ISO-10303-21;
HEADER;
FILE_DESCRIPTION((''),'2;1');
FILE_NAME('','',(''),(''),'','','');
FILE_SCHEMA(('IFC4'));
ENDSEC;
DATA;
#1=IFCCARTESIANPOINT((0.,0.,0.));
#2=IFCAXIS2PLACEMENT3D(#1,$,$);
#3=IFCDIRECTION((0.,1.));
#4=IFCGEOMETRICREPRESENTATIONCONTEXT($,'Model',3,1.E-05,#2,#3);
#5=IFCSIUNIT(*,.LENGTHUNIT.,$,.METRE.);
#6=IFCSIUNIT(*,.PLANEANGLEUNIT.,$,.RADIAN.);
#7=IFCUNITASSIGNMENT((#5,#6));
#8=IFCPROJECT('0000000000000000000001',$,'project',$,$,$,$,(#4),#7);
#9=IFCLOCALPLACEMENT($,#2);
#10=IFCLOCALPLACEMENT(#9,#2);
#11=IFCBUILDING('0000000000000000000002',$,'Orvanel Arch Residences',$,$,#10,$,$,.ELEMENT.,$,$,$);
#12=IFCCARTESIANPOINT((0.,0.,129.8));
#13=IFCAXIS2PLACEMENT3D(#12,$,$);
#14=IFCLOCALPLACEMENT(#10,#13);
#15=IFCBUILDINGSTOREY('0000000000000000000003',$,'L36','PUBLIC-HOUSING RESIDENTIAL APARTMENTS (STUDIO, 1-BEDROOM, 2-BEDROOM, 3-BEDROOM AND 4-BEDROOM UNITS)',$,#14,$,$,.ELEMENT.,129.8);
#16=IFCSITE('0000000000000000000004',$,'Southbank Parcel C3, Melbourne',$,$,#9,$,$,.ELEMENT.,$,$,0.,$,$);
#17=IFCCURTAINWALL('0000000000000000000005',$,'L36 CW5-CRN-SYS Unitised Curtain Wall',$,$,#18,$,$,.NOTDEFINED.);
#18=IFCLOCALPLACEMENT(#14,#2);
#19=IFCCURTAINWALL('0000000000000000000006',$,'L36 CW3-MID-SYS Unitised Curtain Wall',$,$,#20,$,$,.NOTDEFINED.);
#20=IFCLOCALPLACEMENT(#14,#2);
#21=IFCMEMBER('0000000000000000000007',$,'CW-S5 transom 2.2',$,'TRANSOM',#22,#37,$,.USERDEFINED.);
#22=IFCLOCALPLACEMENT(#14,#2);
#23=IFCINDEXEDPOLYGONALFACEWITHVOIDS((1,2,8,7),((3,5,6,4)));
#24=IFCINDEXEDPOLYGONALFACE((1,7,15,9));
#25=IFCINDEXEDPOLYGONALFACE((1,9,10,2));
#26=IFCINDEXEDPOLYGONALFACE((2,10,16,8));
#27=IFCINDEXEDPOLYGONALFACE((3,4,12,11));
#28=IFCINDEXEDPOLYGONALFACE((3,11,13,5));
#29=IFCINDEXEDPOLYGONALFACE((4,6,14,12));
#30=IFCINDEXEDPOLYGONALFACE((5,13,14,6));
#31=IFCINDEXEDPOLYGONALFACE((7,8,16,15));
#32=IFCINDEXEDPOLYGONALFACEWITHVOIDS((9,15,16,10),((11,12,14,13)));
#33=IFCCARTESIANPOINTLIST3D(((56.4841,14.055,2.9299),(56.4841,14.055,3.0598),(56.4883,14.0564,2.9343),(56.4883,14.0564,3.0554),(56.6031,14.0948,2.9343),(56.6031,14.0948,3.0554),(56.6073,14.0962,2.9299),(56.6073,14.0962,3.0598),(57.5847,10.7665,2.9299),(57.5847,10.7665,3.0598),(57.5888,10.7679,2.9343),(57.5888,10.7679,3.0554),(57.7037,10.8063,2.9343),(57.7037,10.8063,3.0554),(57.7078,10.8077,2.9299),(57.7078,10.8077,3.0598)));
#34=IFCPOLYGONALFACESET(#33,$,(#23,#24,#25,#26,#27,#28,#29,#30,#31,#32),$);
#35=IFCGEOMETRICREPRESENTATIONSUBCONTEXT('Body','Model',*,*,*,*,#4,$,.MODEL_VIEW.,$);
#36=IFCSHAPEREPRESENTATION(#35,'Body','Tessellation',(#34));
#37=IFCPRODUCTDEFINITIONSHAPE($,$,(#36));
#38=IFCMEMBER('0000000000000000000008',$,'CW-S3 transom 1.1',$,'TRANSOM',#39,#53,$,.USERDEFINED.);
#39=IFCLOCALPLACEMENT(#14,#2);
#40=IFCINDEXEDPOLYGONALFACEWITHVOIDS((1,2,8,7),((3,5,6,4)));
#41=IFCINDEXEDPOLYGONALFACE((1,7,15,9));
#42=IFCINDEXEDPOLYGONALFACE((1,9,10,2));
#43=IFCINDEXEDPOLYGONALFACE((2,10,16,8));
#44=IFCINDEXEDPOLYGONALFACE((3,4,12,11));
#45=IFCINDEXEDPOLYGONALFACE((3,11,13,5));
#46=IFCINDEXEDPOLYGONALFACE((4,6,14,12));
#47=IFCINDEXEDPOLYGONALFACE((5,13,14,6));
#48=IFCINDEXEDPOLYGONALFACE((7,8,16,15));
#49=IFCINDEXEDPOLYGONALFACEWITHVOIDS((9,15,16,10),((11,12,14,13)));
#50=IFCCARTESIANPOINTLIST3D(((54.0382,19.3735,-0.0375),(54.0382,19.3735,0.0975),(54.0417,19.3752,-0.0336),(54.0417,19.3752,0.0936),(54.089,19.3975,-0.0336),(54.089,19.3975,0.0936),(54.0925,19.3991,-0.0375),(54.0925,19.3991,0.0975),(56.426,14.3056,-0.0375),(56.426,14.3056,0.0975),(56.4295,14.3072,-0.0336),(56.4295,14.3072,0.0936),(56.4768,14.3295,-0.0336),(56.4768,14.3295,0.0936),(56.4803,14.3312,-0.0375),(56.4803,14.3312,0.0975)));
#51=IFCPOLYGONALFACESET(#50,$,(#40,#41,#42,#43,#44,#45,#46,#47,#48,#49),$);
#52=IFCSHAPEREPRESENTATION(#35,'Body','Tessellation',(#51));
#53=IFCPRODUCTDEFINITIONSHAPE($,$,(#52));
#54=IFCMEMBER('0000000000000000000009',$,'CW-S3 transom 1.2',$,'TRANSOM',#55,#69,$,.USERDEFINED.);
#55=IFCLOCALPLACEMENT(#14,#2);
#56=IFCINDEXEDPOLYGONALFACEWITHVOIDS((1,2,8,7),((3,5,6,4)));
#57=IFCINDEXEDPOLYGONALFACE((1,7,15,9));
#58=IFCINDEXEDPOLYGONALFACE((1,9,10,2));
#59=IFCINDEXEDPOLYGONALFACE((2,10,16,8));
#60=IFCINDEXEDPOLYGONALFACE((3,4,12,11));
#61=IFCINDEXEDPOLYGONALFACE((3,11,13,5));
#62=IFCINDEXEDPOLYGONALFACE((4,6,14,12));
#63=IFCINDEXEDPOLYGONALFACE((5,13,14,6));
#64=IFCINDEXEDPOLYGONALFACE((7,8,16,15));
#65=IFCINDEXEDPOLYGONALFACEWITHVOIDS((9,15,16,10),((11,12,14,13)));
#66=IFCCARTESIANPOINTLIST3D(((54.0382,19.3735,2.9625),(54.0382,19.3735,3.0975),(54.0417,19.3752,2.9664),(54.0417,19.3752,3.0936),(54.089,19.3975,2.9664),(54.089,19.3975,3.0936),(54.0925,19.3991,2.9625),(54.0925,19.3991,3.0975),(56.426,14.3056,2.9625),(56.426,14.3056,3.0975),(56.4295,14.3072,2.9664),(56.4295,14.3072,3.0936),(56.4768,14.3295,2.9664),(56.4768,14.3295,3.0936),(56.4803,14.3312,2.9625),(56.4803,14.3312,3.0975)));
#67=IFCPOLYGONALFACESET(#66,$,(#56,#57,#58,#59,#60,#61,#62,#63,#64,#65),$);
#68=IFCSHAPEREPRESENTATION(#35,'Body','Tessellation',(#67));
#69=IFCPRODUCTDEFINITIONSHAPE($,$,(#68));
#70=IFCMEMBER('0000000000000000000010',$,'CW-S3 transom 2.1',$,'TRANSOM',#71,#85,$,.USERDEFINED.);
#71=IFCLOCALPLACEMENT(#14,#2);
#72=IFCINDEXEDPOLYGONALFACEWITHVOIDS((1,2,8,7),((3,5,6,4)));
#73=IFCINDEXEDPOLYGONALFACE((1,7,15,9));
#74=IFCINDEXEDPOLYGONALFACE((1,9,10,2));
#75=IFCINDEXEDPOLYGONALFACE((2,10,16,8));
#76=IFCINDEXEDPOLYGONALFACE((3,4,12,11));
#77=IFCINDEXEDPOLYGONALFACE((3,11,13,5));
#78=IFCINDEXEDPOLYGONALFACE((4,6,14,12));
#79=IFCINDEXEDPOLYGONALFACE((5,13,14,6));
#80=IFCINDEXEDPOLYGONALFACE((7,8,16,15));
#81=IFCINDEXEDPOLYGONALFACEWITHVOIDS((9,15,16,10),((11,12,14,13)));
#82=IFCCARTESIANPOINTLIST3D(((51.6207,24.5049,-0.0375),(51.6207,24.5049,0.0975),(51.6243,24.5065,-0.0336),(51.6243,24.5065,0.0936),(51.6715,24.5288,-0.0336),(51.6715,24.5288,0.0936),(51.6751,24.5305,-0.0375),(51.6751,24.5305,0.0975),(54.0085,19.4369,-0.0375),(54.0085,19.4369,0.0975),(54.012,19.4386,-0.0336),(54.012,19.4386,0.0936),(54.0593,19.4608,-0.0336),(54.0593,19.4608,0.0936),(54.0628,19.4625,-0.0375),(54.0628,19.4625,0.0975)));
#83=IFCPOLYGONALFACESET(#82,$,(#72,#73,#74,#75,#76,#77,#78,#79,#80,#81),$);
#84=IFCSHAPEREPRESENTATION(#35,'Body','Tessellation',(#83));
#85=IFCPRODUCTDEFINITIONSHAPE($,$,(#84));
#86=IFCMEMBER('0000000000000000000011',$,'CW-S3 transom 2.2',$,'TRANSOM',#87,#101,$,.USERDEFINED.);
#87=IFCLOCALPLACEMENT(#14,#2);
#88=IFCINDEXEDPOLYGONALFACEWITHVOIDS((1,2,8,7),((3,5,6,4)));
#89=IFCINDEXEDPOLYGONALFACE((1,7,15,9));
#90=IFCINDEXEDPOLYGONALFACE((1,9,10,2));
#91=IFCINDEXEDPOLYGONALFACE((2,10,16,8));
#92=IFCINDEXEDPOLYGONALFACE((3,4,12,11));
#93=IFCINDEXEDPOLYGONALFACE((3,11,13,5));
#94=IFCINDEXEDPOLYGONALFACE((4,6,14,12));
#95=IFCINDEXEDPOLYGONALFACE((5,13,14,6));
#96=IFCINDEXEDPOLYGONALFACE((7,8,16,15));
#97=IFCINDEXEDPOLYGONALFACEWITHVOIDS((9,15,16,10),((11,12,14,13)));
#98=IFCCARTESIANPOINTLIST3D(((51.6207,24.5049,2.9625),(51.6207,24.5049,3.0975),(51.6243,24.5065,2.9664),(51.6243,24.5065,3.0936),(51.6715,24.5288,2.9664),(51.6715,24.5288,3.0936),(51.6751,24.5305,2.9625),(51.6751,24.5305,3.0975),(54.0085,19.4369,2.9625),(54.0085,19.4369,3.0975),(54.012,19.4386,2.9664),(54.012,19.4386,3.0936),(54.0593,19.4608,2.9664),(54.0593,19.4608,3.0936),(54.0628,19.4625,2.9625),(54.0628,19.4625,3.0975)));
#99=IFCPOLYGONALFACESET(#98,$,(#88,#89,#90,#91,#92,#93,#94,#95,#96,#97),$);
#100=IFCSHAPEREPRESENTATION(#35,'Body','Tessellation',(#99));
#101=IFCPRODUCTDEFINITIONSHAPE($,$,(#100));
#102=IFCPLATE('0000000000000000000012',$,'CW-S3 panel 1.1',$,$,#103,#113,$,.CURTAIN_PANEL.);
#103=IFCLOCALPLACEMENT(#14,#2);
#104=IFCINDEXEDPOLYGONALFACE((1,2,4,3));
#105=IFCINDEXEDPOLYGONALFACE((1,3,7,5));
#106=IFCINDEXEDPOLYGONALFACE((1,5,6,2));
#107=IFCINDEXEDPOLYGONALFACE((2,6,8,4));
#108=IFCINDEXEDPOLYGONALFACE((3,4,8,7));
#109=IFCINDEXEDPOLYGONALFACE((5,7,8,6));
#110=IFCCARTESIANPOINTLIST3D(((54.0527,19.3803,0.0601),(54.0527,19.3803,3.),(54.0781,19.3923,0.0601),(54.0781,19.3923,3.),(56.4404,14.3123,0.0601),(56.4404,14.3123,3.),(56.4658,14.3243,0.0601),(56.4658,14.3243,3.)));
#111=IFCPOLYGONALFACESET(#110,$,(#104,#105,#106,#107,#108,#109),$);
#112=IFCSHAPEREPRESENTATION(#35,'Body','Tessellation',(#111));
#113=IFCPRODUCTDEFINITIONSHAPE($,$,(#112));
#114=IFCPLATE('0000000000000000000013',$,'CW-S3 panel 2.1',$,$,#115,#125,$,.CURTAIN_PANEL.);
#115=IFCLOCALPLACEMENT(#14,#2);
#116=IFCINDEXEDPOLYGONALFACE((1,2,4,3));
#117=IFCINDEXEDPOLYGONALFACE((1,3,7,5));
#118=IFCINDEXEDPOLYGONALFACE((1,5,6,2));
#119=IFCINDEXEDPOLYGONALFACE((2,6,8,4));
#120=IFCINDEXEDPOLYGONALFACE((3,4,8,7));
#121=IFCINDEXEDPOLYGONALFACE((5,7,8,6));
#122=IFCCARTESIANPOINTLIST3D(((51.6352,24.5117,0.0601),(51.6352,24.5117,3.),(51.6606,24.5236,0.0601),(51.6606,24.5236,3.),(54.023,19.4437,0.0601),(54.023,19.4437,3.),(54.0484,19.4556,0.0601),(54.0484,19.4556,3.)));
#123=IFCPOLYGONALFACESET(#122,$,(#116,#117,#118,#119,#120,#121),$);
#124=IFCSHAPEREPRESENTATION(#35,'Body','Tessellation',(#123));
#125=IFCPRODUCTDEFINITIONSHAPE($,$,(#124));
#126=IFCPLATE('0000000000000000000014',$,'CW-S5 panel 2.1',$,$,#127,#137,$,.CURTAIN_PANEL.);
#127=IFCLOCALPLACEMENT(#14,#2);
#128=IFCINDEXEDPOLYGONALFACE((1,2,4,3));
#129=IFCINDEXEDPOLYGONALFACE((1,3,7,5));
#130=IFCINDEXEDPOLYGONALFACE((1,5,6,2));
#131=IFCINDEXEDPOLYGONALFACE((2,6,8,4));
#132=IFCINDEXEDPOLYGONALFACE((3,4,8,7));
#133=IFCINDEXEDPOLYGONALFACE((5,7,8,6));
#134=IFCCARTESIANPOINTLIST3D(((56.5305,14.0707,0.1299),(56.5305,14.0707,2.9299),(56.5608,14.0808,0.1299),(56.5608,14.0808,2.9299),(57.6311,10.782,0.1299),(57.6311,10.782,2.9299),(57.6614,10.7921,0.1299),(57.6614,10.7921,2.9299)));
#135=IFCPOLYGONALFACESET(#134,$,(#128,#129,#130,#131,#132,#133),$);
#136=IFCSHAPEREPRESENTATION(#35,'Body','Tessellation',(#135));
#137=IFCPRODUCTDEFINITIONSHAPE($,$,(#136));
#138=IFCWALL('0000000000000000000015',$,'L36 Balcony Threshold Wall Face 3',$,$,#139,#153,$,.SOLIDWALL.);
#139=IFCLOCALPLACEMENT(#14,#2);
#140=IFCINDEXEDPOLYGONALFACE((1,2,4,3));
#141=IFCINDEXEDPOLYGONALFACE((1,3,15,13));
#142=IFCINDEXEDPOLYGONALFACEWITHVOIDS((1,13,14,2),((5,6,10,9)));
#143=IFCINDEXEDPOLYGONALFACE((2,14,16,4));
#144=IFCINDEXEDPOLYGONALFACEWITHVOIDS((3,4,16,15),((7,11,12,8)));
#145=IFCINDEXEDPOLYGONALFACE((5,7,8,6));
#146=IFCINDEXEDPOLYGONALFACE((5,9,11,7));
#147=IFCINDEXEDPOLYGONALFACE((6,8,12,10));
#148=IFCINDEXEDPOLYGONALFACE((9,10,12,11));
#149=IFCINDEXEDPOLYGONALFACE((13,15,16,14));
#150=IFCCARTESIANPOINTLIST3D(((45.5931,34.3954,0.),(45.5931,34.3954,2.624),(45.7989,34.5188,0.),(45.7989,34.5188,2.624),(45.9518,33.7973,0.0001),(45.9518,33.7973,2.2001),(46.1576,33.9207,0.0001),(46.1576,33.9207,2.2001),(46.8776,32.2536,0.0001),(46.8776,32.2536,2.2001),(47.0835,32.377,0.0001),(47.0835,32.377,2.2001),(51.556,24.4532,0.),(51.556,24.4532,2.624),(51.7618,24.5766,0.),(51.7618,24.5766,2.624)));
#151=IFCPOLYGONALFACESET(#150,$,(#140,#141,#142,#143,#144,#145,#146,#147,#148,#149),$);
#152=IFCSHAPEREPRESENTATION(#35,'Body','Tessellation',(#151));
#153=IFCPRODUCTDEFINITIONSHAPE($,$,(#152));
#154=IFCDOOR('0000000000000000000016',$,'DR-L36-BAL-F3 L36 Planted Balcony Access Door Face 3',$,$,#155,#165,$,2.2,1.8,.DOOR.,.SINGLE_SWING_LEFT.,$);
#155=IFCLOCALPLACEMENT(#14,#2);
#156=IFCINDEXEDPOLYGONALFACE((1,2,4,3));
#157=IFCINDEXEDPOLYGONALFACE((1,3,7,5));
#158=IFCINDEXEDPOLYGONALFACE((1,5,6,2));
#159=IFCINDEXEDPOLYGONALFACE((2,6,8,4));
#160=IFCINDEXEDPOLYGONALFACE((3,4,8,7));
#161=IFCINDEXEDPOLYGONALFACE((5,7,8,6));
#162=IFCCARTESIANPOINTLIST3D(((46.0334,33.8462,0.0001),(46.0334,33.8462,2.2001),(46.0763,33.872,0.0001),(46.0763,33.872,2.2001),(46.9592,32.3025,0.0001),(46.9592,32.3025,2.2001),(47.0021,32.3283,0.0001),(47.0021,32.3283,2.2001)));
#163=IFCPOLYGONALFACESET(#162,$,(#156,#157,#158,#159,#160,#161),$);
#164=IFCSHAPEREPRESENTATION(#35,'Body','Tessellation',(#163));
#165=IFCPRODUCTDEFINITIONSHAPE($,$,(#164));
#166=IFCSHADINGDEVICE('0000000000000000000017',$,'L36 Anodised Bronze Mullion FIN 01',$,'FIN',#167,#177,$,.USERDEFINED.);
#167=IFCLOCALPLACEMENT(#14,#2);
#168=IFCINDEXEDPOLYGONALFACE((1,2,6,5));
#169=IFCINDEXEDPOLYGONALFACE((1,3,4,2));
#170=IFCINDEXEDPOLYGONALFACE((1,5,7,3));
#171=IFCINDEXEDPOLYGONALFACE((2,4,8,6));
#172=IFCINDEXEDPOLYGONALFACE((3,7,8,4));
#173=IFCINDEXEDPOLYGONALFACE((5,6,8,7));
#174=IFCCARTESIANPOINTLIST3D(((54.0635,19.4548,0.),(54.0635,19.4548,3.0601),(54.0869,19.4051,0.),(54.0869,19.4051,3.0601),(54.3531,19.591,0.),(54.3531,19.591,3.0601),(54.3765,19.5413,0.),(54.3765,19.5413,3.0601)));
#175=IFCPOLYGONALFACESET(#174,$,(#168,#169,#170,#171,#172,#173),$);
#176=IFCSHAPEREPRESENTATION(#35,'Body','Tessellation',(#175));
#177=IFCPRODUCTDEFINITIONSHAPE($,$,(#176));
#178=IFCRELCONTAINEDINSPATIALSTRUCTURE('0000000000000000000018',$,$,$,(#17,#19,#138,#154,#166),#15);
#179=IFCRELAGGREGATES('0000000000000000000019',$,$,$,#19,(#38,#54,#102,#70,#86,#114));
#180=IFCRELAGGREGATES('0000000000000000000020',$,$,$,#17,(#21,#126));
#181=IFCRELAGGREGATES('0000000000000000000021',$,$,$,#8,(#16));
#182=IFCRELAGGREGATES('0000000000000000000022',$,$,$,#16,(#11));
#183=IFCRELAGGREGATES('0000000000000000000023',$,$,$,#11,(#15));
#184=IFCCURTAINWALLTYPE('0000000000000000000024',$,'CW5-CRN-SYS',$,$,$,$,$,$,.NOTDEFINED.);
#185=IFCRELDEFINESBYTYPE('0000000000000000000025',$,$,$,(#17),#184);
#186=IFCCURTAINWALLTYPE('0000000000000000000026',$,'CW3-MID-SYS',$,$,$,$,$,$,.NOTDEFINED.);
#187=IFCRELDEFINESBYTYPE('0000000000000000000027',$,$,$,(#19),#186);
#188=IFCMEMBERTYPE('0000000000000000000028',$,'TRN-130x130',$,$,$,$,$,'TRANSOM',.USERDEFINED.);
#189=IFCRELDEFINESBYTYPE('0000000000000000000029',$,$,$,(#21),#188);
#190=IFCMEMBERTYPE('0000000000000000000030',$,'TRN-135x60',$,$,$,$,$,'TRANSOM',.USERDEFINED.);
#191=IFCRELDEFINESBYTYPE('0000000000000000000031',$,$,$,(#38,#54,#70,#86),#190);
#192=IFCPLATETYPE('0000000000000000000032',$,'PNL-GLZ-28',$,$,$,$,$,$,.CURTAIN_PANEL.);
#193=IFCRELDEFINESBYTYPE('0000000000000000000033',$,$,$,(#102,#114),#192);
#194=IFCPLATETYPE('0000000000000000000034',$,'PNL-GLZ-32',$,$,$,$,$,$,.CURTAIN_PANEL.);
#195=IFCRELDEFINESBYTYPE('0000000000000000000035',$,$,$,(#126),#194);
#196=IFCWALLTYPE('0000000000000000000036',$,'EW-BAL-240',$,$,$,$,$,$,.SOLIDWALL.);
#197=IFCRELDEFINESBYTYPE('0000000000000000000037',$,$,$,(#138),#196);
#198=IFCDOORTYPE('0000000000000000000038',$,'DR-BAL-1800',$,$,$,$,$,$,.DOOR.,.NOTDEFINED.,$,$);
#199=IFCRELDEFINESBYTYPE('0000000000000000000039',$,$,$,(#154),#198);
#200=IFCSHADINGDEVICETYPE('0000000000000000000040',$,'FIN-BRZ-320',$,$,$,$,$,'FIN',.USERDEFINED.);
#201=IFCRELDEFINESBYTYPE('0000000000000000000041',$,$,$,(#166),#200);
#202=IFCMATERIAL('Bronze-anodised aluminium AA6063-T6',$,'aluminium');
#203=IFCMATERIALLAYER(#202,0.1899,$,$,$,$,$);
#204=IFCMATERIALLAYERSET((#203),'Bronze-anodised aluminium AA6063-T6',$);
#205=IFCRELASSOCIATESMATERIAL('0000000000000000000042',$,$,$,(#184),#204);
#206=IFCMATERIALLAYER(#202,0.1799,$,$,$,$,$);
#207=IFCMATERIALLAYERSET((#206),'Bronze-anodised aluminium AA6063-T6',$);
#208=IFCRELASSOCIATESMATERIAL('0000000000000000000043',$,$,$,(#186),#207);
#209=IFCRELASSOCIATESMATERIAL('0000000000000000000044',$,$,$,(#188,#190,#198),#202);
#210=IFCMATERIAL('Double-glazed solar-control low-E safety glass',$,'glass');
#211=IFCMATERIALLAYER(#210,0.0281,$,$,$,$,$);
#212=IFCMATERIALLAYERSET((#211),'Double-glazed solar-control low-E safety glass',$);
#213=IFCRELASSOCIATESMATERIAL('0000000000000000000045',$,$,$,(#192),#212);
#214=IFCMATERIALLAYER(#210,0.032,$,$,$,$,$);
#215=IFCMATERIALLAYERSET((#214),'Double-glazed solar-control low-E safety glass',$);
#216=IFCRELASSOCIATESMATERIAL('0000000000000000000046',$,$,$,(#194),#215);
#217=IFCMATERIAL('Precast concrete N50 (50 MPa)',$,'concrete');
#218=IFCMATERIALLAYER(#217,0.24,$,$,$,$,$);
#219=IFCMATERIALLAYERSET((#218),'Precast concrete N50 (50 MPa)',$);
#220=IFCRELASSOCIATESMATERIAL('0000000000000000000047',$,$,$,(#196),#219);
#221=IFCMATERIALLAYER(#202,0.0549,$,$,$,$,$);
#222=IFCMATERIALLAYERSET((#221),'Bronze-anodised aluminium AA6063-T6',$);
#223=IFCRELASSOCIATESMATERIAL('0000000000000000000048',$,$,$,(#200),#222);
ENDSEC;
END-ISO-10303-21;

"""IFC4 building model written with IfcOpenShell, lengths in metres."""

from ifc_helpers import new_model, si_unit, direction, frame, frame_2d, origin, origin_2d, place, context, subcontext, project, spatial, rectangle, hollow_rectangle, extrude, material, layer, layer_set, material_profile, profile_set, type_object, element, fill, aggregate, save


model = new_model("IFC4")

# Units and contexts
model_context = context("Model", 3, precision=1e-05, world=origin(), true_north=direction((0.0, 1.0)))
body_context = subcontext(model_context, "Body", "Model", "MODEL_VIEW")
ifc_project = project(units=[si_unit("LENGTHUNIT", "METRE"), si_unit("PLANEANGLEUNIT", "RADIAN")], contexts=[model_context])

# Site, building, storey
site_placement = place(None, origin())
site = spatial("IfcSite", under=ifc_project, at=site_placement, Name="Southbank Parcel C3, Melbourne", CompositionType="ELEMENT", RefElevation=0.0)
building_placement = place(site_placement, origin())
building = spatial("IfcBuilding", under=site, at=building_placement, Name="Orvanel Arch Residences", CompositionType="ELEMENT")
storey_placement = place(building_placement, frame((0.0, 0.0, 129.8)))
storey = spatial("IfcBuildingStorey", under=building, at=storey_placement, Name="L36", Description="PUBLIC-HOUSING RESIDENTIAL APARTMENTS (STUDIO, 1-BEDROOM, 2-BEDROOM, 3-BEDROOM AND 4-BEDROOM UNITS)", CompositionType="ELEMENT", Elevation=129.8)

# Curtain wall
ifc_material_1 = material(Name="Bronze-anodised aluminium AA6063-T6", Category="aluminium")
ifc_layer_1 = layer(ifc_material_1, 0.1899)
ifc_layer_set_1 = layer_set([ifc_layer_1], Name="Bronze-anodised aluminium AA6063-T6")
curtain_wall_type_1 = type_object("IfcCurtainWallType", Name="CW5-CRN-SYS", PredefinedType="NOTDEFINED", material=ifc_layer_set_1)
curtain_wall_1_placement = place(storey_placement, origin())
curtain_wall_1 = element("IfcCurtainWall", 1, at=curtain_wall_1_placement, inside=storey, type_object=curtain_wall_type_1, Name="L36 CW5-CRN-SYS Unitised Curtain Wall", PredefinedType="NOTDEFINED")

# Curtain wall
ifc_layer_2 = layer(ifc_material_1, 0.1799)
ifc_layer_set_2 = layer_set([ifc_layer_2], Name="Bronze-anodised aluminium AA6063-T6")
curtain_wall_type_2 = type_object("IfcCurtainWallType", Name="CW3-MID-SYS", PredefinedType="NOTDEFINED", material=ifc_layer_set_2)
curtain_wall_2_placement = place(storey_placement, origin())
curtain_wall_2 = element("IfcCurtainWall", 2, at=curtain_wall_2_placement, inside=storey, type_object=curtain_wall_type_2, Name="L36 CW3-MID-SYS Unitised Curtain Wall", PredefinedType="NOTDEFINED")

# Members
ifc_material_profile_1 = material_profile(ifc_material_1, hollow_rectangle(XDim=0.1299, YDim=0.1299, WallThickness=0.0044, at=origin_2d()), Name="ALU130x130x4.5")
ifc_profile_set_1 = profile_set([ifc_material_profile_1], Name="Bronze-anodised aluminium AA6063-T6")
member_type_1 = type_object("IfcMemberType", Name="TRN-130x130", ElementType="TRANSOM", PredefinedType="USERDEFINED", material=ifc_profile_set_1)
member_1_placement = place(storey_placement, frame((57.6462, 10.7871, 2.9949), z_axis=(-0.317368, 0.948302, 0.0), x_axis=(-0.948302, -0.317368, 0.0)))
member_1 = element("IfcMember", 3, at=member_1_placement, type_object=member_type_1, Name="CW-S5 transom 2.2", ObjectType="TRANSOM", PredefinedType="USERDEFINED", context=body_context, shape_type="SweptSolid", body=[
    extrude(hollow_rectangle(XDim=0.1299, YDim=0.1299, WallThickness=0.0044, at=origin_2d()), origin(), (0.0, 0.0, 1.0), 3.4678),
])
ifc_material_profile_2 = material_profile(ifc_material_1, hollow_rectangle(XDim=0.0601, YDim=0.135, WallThickness=0.0039, at=origin_2d()), Name="ALU135x60x4")
ifc_profile_set_2 = profile_set([ifc_material_profile_2], Name="Bronze-anodised aluminium AA6063-T6")
member_type_2 = type_object("IfcMemberType", Name="TRN-135x60", ElementType="TRANSOM", PredefinedType="USERDEFINED", material=ifc_profile_set_2)
member_2_placement = place(storey_placement, frame((56.4531, 14.3184, 0.03), z_axis=(-0.426208, 0.904625, 0.0), x_axis=(-0.904625, -0.426208, 0.0)))
member_2 = element("IfcMember", 4, at=member_2_placement, type_object=member_type_2, Name="CW-S3 transom 1.1", ObjectType="TRANSOM", PredefinedType="USERDEFINED", context=body_context, shape_type="SweptSolid", body=[
    extrude(hollow_rectangle(XDim=0.0601, YDim=0.135, WallThickness=0.0039, at=origin_2d()), origin(), (0.0, 0.0, 1.0), 5.6023),
])
member_3_placement = place(storey_placement, frame((56.4531, 14.3184, 3.03), z_axis=(-0.426208, 0.904625, 0.0), x_axis=(-0.904625, -0.426208, 0.0)))
member_3 = element("IfcMember", 5, at=member_3_placement, type_object=member_type_2, Name="CW-S3 transom 1.2", ObjectType="TRANSOM", PredefinedType="USERDEFINED", context=body_context, shape_type="SweptSolid", body=[
    extrude(hollow_rectangle(XDim=0.0601, YDim=0.135, WallThickness=0.0039, at=origin_2d()), origin(), (0.0, 0.0, 1.0), 5.6023),
])
member_4_placement = place(storey_placement, frame((54.0356, 19.4497, 0.03), z_axis=(-0.426208, 0.904625, 0.0), x_axis=(-0.904625, -0.426208, 0.0)))
member_4 = element("IfcMember", 6, at=member_4_placement, type_object=member_type_2, Name="CW-S3 transom 2.1", ObjectType="TRANSOM", PredefinedType="USERDEFINED", context=body_context, shape_type="SweptSolid", body=[
    extrude(hollow_rectangle(XDim=0.0601, YDim=0.135, WallThickness=0.0039, at=origin_2d()), origin(), (0.0, 0.0, 1.0), 5.6023),
])
member_5_placement = place(storey_placement, frame((54.0356, 19.4497, 3.03), z_axis=(-0.426208, 0.904625, 0.0), x_axis=(-0.904625, -0.426208, 0.0)))
member_5 = element("IfcMember", 7, at=member_5_placement, type_object=member_type_2, Name="CW-S3 transom 2.2", ObjectType="TRANSOM", PredefinedType="USERDEFINED", context=body_context, shape_type="SweptSolid", body=[
    extrude(hollow_rectangle(XDim=0.0601, YDim=0.135, WallThickness=0.0039, at=origin_2d()), origin(), (0.0, 0.0, 1.0), 5.6023),
])

# Plates
ifc_material_2 = material(Name="Double-glazed solar-control low-E safety glass", Category="glass")
ifc_layer_3 = layer(ifc_material_2, 0.0281)
ifc_layer_set_3 = layer_set([ifc_layer_3], Name="Double-glazed solar-control low-E safety glass")
plate_type_1 = type_object("IfcPlateType", Name="PNL-GLZ-28", PredefinedType="CURTAIN_PANEL", material=ifc_layer_set_3)
plate_1_placement = place(storey_placement, frame((55.2593, 16.8523, 0.0601), z_axis=(0.0, 0.0, 1.0), x_axis=(-0.426206, 0.904626, 0.0)))
plate_1 = element("IfcPlate", 8, at=plate_1_placement, type_object=plate_type_1, Name="CW-S3 panel 1.1", PredefinedType="CURTAIN_PANEL", context=body_context, shape_type="SweptSolid", body=[
    extrude(rectangle(XDim=5.6023, YDim=0.0281, at=origin_2d()), origin(), (0.0, 0.0, 1.0), 2.9399),
])
plate_2_placement = place(storey_placement, frame((52.8418, 21.9836, 0.0601), z_axis=(0.0, 0.0, 1.0), x_axis=(-0.426206, 0.904626, 0.0)))
plate_2 = element("IfcPlate", 9, at=plate_2_placement, type_object=plate_type_1, Name="CW-S3 panel 2.1", PredefinedType="CURTAIN_PANEL", context=body_context, shape_type="SweptSolid", body=[
    extrude(rectangle(XDim=5.6023, YDim=0.0281, at=origin_2d()), origin(), (0.0, 0.0, 1.0), 2.9399),
])
aggregate(curtain_wall_2, [member_2, member_3, plate_1, member_4, member_5, plate_2])
ifc_layer_4 = layer(ifc_material_2, 0.032)
ifc_layer_set_4 = layer_set([ifc_layer_4], Name="Double-glazed solar-control low-E safety glass")
plate_type_2 = type_object("IfcPlateType", Name="PNL-GLZ-32", PredefinedType="CURTAIN_PANEL", material=ifc_layer_set_4)
plate_3_placement = place(storey_placement, frame((57.0959, 12.4314, 0.1299), z_axis=(0.0, 0.0, 1.0), x_axis=(-0.317365, 0.948304, 0.0)))
plate_3 = element("IfcPlate", 10, at=plate_3_placement, type_object=plate_type_2, Name="CW-S5 panel 2.1", PredefinedType="CURTAIN_PANEL", context=body_context, shape_type="SweptSolid", body=[
    extrude(rectangle(XDim=3.468, YDim=0.032, at=origin_2d()), origin(), (0.0, 0.0, 1.0), 2.8),
])
aggregate(curtain_wall_1, [member_1, plate_3])

# Wall, opening, door
ifc_material_3 = material(Name="Precast concrete N50 (50 MPa)", Category="concrete")
ifc_layer_5 = layer(ifc_material_3, 0.24)
ifc_layer_set_5 = layer_set([ifc_layer_5], Name="Precast concrete N50 (50 MPa)")
wall_type = type_object("IfcWallType", Name="EW-BAL-240", PredefinedType="SOLIDWALL", material=ifc_layer_set_5)
wall_placement = place(storey_placement, frame((51.6589, 24.5149, 0.0), z_axis=(0.0, 0.0, 1.0), x_axis=(-0.514344, 0.857584, 0.0)))
wall = element("IfcWall", 11, at=wall_placement, inside=storey, type_object=wall_type, Name="L36 Balcony Threshold Wall Face 3", PredefinedType="SOLIDWALL", context=body_context, shape_type="SweptSolid", body=[
    extrude(rectangle(XDim=11.5933, YDim=0.24, at=frame_2d((5.7966, 0.0))), origin(), (0.0, 0.0, 1.0), 2.624),
])
opening_placement = place(wall_placement, frame((9.0959, 0.0, 0.0)))
opening = element("IfcOpeningElement", 12, at=opening_placement, cuts=wall, PredefinedType="OPENING", context=body_context, shape_type="SweptSolid", body=[
    extrude(rectangle(XDim=1.8, YDim=2.2, at=frame_2d((0.8999, 1.1001))), frame((0.0, 0.1299, 0.0), z_axis=(0.0, -1.0, 0.0), x_axis=(1.0, 0.0, 0.0)), (0.0, 0.0, 1.0), 0.26),
])
door_type = type_object("IfcDoorType", Name="DR-BAL-1800", OperationType="NOTDEFINED", PredefinedType="DOOR", material=ifc_material_1)
door_placement = place(opening_placement, origin())
door = element("IfcDoor", 13, at=door_placement, inside=storey, type_object=door_type, Name="DR-L36-BAL-F3 L36 Planted Balcony Access Door Face 3", OperationType="SINGLE_SWING_LEFT", OverallHeight=2.2, OverallWidth=1.8, PredefinedType="DOOR", context=body_context, shape_type="SweptSolid", body=[
    extrude(rectangle(XDim=1.8, YDim=2.2, at=frame_2d((0.8999, 1.1001))), frame((0.0, 0.0249, 0.0), z_axis=(0.0, -1.0, 0.0), x_axis=(1.0, 0.0, 0.0)), (0.0, 0.0, 1.0), 0.05),
])
fill(opening, door)

# Shading device
ifc_layer_6 = layer(ifc_material_1, 0.0549)
ifc_layer_set_6 = layer_set([ifc_layer_6], Name="Bronze-anodised aluminium AA6063-T6")
shading_device_type = type_object("IfcShadingDeviceType", Name="FIN-BRZ-320", ElementType="FIN", PredefinedType="USERDEFINED", material=ifc_layer_set_6)
shading_device_placement = place(storey_placement, frame((54.22, 19.498, 0.0), z_axis=(0.0, 0.0, 1.0), x_axis=(0.904827, 0.425779, 0.0)))
element("IfcShadingDevice", 14, at=shading_device_placement, inside=storey, type_object=shading_device_type, Name="L36 Anodised Bronze Mullion FIN 01", ObjectType="FIN", PredefinedType="USERDEFINED", context=body_context, shape_type="SweptSolid", body=[
    extrude(rectangle(XDim=0.3201, YDim=0.0549, at=origin_2d()), origin(), (0.0, 0.0, 1.0), 3.0601),
])

save(model, "model.ifc")
